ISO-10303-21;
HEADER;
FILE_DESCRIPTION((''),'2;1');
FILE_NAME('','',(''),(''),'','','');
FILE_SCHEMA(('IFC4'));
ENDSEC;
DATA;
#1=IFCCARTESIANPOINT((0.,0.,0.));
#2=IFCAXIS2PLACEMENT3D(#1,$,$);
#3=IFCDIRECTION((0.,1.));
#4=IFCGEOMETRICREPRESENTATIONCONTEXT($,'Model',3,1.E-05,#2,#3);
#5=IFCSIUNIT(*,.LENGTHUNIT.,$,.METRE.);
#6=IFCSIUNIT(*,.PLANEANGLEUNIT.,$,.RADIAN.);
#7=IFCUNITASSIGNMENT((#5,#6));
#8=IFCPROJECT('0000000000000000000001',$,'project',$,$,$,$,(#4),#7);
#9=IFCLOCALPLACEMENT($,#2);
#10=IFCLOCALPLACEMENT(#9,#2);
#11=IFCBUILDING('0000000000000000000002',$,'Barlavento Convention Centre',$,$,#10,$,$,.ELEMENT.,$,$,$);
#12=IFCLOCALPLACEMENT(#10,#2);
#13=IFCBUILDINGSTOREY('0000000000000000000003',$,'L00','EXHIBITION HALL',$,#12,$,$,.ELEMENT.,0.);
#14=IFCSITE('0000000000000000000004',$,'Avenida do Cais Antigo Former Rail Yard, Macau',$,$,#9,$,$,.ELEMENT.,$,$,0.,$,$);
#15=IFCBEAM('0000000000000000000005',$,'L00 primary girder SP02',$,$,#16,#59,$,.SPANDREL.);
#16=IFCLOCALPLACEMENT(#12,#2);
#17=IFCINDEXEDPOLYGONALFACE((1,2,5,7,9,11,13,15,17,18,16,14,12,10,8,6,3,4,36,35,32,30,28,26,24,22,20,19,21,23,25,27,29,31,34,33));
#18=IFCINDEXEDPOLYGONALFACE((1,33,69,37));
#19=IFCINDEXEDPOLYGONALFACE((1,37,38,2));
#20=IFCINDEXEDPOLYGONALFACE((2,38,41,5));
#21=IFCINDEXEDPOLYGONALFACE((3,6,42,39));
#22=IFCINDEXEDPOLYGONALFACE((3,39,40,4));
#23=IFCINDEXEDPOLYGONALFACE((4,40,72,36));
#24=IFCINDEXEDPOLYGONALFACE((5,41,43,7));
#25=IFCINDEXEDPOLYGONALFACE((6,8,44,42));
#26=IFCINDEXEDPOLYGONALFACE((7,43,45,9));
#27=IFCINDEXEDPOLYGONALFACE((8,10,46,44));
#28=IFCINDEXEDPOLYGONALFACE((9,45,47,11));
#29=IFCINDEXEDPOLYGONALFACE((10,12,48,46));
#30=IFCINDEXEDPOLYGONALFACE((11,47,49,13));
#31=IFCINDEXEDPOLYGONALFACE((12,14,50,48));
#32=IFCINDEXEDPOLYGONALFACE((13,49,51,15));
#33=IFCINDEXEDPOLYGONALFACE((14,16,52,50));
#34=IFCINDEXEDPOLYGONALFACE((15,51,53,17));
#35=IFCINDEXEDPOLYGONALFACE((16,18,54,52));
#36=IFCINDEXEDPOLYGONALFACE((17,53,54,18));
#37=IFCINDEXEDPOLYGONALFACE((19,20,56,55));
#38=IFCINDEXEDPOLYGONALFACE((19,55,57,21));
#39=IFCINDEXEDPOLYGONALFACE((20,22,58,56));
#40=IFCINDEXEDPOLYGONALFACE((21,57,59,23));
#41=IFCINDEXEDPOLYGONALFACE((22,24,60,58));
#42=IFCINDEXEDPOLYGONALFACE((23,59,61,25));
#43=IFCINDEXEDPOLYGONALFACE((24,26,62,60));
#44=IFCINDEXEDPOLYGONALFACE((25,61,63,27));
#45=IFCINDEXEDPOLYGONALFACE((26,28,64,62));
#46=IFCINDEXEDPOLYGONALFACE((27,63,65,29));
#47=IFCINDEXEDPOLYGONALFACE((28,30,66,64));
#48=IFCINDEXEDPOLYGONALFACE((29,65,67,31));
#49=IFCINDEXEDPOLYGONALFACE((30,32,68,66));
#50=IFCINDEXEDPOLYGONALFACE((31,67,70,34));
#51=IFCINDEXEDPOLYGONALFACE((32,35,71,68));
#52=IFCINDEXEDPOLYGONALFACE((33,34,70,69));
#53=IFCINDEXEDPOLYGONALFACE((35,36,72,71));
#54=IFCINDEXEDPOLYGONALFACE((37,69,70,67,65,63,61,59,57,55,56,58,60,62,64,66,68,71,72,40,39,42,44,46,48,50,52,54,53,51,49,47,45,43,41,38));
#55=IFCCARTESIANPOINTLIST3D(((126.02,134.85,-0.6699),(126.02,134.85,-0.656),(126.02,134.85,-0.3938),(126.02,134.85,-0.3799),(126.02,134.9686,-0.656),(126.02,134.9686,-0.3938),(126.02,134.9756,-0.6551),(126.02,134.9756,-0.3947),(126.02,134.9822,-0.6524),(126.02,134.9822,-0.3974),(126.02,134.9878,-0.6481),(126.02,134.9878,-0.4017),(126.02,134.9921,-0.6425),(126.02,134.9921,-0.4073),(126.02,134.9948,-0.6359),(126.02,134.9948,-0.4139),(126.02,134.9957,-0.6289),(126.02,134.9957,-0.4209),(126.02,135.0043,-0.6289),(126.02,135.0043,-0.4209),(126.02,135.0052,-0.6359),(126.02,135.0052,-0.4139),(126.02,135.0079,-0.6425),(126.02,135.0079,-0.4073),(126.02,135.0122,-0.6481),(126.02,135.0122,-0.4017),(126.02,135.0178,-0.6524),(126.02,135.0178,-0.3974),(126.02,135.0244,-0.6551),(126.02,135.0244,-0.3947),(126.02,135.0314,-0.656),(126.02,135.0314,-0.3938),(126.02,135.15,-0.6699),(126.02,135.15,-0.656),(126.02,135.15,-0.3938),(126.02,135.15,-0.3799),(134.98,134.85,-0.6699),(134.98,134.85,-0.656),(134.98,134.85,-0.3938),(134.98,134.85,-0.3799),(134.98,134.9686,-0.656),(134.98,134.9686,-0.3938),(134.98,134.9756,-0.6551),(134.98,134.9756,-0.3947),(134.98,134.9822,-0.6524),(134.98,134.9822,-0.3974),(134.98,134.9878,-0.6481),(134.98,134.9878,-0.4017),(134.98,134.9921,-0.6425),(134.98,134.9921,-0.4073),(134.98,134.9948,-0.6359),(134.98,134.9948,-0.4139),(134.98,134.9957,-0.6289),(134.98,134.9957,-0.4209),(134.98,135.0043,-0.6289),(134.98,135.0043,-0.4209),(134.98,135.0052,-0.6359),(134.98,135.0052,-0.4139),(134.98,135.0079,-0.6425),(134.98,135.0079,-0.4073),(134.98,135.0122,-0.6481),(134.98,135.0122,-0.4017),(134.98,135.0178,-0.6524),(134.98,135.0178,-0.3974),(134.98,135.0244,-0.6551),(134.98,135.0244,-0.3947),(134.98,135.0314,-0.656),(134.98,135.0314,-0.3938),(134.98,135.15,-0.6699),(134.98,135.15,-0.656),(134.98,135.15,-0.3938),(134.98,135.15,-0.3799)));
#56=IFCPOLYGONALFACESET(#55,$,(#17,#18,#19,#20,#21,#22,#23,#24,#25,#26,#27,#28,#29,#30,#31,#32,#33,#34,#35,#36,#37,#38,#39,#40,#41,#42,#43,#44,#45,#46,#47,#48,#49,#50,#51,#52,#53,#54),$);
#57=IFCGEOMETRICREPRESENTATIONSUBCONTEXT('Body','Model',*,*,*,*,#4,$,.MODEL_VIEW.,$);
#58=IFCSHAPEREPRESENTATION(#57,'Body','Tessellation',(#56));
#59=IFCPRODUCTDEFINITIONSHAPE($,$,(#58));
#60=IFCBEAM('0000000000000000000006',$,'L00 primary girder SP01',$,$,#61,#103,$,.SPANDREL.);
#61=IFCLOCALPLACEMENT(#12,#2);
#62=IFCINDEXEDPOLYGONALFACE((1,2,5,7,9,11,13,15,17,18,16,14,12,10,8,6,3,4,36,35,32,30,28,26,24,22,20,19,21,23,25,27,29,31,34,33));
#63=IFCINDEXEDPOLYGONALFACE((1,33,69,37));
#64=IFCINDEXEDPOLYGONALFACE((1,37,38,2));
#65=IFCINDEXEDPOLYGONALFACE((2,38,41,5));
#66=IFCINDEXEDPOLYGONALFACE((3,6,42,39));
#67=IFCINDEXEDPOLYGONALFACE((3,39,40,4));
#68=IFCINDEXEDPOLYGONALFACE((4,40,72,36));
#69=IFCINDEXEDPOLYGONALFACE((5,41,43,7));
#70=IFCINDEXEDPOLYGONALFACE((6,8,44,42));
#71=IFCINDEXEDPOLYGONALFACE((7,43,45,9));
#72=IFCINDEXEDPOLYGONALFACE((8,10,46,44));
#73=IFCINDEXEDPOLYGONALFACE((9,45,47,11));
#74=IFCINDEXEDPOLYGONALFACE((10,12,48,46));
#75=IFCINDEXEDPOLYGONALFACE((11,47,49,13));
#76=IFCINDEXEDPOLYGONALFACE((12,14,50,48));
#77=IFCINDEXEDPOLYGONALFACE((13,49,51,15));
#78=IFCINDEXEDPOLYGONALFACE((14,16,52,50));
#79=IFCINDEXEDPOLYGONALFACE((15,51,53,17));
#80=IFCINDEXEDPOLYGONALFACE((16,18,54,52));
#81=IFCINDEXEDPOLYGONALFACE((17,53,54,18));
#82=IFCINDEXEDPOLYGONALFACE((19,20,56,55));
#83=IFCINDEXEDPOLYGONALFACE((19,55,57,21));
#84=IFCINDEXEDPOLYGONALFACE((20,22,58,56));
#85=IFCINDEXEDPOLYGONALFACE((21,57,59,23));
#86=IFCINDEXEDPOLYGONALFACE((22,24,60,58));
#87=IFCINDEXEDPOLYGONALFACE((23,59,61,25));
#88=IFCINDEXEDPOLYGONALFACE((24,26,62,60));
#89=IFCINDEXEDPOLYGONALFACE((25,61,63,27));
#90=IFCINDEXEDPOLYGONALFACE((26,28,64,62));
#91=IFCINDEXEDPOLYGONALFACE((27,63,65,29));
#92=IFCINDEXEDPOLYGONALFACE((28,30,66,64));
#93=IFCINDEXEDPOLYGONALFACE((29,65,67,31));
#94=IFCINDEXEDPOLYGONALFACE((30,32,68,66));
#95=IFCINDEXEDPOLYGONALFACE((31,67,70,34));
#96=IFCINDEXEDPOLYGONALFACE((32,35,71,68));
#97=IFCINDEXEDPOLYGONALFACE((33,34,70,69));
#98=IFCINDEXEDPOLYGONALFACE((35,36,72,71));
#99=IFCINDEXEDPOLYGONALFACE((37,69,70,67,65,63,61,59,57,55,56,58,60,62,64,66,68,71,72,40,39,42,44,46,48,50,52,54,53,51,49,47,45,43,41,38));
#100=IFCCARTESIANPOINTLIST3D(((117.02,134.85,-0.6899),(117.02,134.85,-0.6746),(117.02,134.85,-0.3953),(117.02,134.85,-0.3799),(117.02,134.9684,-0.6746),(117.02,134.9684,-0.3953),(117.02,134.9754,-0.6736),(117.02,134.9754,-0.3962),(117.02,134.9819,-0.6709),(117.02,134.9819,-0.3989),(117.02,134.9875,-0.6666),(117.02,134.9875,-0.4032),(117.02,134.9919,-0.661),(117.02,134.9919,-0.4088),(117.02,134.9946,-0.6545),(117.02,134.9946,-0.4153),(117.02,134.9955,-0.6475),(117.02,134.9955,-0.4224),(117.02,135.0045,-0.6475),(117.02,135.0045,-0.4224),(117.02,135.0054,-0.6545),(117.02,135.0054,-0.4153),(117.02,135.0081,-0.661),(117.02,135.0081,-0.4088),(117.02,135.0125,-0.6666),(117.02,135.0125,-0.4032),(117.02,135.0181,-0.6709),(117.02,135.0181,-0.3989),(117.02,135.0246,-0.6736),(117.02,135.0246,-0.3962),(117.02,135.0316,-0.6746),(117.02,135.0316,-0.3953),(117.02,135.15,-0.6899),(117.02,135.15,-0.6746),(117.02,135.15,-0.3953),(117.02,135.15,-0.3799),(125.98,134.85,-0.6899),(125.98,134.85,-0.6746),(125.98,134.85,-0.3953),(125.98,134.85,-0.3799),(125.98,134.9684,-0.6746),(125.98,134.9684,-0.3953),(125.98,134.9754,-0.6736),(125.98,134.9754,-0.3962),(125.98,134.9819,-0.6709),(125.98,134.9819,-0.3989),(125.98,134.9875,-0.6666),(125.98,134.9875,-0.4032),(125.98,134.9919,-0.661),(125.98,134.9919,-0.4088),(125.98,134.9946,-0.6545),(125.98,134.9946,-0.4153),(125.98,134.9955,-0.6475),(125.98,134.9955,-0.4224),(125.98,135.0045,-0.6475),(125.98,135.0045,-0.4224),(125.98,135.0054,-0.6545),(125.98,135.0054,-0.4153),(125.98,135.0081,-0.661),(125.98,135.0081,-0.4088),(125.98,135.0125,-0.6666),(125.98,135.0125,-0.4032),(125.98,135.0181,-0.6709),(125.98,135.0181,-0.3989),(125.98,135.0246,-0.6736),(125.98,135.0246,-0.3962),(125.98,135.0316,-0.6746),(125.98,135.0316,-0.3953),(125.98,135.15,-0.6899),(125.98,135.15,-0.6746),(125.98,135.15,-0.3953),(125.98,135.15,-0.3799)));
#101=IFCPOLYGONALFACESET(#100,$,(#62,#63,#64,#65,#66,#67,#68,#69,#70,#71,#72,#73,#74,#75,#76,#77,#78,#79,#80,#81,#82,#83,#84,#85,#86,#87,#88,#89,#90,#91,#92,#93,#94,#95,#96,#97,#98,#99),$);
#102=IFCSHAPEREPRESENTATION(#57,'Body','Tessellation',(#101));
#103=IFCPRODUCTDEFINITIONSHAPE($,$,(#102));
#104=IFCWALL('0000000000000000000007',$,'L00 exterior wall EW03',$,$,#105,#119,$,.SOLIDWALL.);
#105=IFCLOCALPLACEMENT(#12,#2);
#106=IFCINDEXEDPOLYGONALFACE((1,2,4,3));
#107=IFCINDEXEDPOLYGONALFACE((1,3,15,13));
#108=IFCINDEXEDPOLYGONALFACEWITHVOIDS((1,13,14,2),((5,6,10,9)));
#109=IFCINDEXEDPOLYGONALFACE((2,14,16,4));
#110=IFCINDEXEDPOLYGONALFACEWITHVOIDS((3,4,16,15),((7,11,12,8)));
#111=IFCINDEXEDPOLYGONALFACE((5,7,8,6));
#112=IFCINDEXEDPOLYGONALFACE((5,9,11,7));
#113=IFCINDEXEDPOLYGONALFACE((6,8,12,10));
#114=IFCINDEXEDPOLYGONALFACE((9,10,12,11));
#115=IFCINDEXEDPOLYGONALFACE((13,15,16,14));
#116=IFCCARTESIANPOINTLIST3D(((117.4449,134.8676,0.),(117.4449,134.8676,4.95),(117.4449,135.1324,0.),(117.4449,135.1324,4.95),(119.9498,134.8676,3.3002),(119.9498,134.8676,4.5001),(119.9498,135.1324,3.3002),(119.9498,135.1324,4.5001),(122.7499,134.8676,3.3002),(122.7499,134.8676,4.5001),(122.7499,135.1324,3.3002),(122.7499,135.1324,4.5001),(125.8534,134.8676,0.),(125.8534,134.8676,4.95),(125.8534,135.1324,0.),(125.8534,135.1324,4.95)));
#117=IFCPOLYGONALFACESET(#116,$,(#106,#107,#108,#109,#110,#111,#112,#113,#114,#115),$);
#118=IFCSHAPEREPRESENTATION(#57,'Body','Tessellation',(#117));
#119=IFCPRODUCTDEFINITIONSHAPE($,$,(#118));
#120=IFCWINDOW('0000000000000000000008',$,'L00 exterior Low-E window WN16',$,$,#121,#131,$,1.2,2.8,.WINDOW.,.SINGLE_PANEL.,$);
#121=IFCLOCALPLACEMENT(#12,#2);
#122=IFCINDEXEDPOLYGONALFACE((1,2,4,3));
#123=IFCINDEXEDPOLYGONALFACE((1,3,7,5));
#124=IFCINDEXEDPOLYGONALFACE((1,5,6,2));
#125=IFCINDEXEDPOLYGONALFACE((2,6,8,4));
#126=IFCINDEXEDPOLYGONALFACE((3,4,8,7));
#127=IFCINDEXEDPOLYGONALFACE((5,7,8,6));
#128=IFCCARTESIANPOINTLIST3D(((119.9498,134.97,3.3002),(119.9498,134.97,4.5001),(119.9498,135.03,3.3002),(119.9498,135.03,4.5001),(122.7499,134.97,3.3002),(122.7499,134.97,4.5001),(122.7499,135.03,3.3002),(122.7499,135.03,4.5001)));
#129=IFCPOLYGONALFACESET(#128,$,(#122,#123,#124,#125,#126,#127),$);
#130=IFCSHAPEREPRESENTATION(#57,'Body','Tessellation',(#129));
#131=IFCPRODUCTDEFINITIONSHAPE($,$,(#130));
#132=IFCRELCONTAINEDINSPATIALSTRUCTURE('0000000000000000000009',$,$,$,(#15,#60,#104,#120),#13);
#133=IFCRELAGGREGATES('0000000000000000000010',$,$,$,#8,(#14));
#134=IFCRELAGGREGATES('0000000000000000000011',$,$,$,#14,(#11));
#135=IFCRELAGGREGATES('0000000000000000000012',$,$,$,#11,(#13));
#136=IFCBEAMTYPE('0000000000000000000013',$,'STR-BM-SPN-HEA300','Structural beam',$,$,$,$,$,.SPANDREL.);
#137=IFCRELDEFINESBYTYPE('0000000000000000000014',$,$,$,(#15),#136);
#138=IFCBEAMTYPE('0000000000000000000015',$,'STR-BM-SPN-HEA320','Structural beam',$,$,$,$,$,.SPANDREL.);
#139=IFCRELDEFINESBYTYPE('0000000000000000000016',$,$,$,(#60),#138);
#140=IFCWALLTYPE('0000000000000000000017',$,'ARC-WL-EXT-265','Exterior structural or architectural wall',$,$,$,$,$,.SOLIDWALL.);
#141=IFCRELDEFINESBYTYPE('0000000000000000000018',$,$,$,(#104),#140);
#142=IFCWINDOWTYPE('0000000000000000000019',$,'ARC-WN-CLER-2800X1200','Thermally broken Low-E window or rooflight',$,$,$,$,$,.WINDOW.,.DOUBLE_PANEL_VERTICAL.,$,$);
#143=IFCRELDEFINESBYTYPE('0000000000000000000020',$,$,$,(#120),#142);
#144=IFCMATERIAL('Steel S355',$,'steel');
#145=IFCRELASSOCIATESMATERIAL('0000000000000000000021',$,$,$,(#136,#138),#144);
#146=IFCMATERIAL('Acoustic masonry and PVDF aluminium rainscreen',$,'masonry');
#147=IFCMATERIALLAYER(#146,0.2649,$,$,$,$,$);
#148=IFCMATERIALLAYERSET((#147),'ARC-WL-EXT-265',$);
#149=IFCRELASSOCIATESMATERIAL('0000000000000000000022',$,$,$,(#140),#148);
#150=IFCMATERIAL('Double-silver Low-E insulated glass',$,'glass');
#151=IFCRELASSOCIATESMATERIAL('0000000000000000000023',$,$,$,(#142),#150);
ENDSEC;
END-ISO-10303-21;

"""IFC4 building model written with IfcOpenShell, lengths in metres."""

from ifc_helpers import new_model, si_unit, direction, frame, frame_2d, origin, origin_2d, place, context, subcontext, project, spatial, rectangle, i_section, extrude, material, layer, layer_set, material_profile, profile_set, type_object, element, fill, save


model = new_model("IFC4")

# Units and contexts
model_context = context("Model", 3, precision=1e-05, world=origin(), true_north=direction((0.0, 1.0)))
body_context = subcontext(model_context, "Body", "Model", "MODEL_VIEW")
ifc_project = project(units=[si_unit("LENGTHUNIT", "METRE"), si_unit("PLANEANGLEUNIT", "RADIAN")], contexts=[model_context])

# Site, building, storey
site_placement = place(None, origin())
site = spatial("IfcSite", under=ifc_project, at=site_placement, Name="Avenida do Cais Antigo Former Rail Yard, Macau", CompositionType="ELEMENT", RefElevation=0.0)
building_placement = place(site_placement, origin())
building = spatial("IfcBuilding", under=site, at=building_placement, Name="Barlavento Convention Centre", CompositionType="ELEMENT")
storey_placement = place(building_placement, origin())
storey = spatial("IfcBuildingStorey", under=building, at=storey_placement, Name="L00", Description="EXHIBITION HALL", CompositionType="ELEMENT", Elevation=0.0)

# Beams
ifc_material_1 = material(Name="Steel S355", Category="steel")
ifc_material_profile_1 = material_profile(ifc_material_1, i_section(OverallWidth=0.3, OverallDepth=0.29, WebThickness=0.0085, FlangeThickness=0.0139, FilletRadius=0.0271, at=origin_2d()), Name="HEA 300")
ifc_profile_set_1 = profile_set([ifc_material_profile_1], Name="Steel S355")
beam_type_1 = type_object("IfcBeamType", Name="STR-BM-SPN-HEA300", Description="Structural beam", PredefinedType="SPANDREL", material=ifc_profile_set_1)
beam_1_placement = place(storey_placement, frame((126.02, 135.0, -0.5249), z_axis=(1.0, 0.0, 0.0), x_axis=(0.0, 1.0, 0.0)))
element("IfcBeam", 1, at=beam_1_placement, inside=storey, type_object=beam_type_1, Name="L00 primary girder SP02", PredefinedType="SPANDREL", context=body_context, shape_type="SweptSolid", body=[
    extrude(i_section(OverallWidth=0.3, OverallDepth=0.29, WebThickness=0.0085, FlangeThickness=0.0139, FilletRadius=0.0271, at=origin_2d()), origin(), (0.0, 0.0, 1.0), 8.96),
])
ifc_material_profile_2 = material_profile(ifc_material_1, i_section(OverallWidth=0.3, OverallDepth=0.3101, WebThickness=0.009, FlangeThickness=0.0154, FilletRadius=0.0271, at=origin_2d()), Name="HEA 320")
ifc_profile_set_2 = profile_set([ifc_material_profile_2], Name="Steel S355")
beam_type_2 = type_object("IfcBeamType", Name="STR-BM-SPN-HEA320", Description="Structural beam", PredefinedType="SPANDREL", material=ifc_profile_set_2)
beam_2_placement = place(storey_placement, frame((117.02, 135.0, -0.5349), z_axis=(1.0, 0.0, 0.0), x_axis=(0.0, 1.0, 0.0)))
element("IfcBeam", 2, at=beam_2_placement, inside=storey, type_object=beam_type_2, Name="L00 primary girder SP01", PredefinedType="SPANDREL", context=body_context, shape_type="SweptSolid", body=[
    extrude(i_section(OverallWidth=0.3, OverallDepth=0.3101, WebThickness=0.009, FlangeThickness=0.0154, FilletRadius=0.0271, at=origin_2d()), origin(), (0.0, 0.0, 1.0), 8.96),
])

# Wall, opening, window
ifc_material_2 = material(Name="Acoustic masonry and PVDF aluminium rainscreen", Category="masonry")
ifc_layer = layer(ifc_material_2, 0.2649)
ifc_layer_set = layer_set([ifc_layer], Name="ARC-WL-EXT-265")
wall_type = type_object("IfcWallType", Name="ARC-WL-EXT-265", Description="Exterior structural or architectural wall", PredefinedType="SOLIDWALL", material=ifc_layer_set)
wall_placement = place(storey_placement, frame((117.4451, 135.0, 0.0), z_axis=(0.0, 0.0, 1.0), x_axis=(1.0, 0.0, 0.0)))
wall = element("IfcWall", 3, at=wall_placement, inside=storey, type_object=wall_type, Name="L00 exterior wall EW03", PredefinedType="SOLIDWALL", context=body_context, shape_type="SweptSolid", body=[
    extrude(rectangle(XDim=8.4084, YDim=0.2649, at=frame_2d((4.2041, 0.0))), origin(), (0.0, 0.0, 1.0), 4.95),
])
opening_placement = place(wall_placement, frame((2.5049, 0.0, 3.3)))
opening = element("IfcOpeningElement", 4, at=opening_placement, cuts=wall, PredefinedType="OPENING", context=body_context, shape_type="SweptSolid", body=[
    extrude(rectangle(XDim=2.8, YDim=1.2, at=frame_2d((1.3999, 0.6001))), frame((0.0, 0.1423, 0.0), z_axis=(0.0, -1.0, 0.0), x_axis=(1.0, 0.0, 0.0)), (0.0, 0.0, 1.0), 0.2849),
])
ifc_material_3 = material(Name="Double-silver Low-E insulated glass", Category="glass")
window_type = type_object("IfcWindowType", Name="ARC-WN-CLER-2800X1200", Description="Thermally broken Low-E window or rooflight", PartitioningType="DOUBLE_PANEL_VERTICAL", PredefinedType="WINDOW", material=ifc_material_3)
window_placement = place(opening_placement, origin())
window = element("IfcWindow", 5, at=window_placement, inside=storey, type_object=window_type, Name="L00 exterior Low-E window WN16", OverallHeight=1.2, OverallWidth=2.8, PartitioningType="SINGLE_PANEL", PredefinedType="WINDOW", context=body_context, shape_type="SweptSolid", body=[
    extrude(rectangle(XDim=2.8, YDim=1.2, at=frame_2d((1.3999, 0.6001))), frame((0.0, 0.03, 0.0), z_axis=(0.0, -1.0, 0.0), x_axis=(1.0, 0.0, 0.0)), (0.0, 0.0, 1.0), 0.0601),
])
fill(opening, window)

save(model, "model.ifc")
